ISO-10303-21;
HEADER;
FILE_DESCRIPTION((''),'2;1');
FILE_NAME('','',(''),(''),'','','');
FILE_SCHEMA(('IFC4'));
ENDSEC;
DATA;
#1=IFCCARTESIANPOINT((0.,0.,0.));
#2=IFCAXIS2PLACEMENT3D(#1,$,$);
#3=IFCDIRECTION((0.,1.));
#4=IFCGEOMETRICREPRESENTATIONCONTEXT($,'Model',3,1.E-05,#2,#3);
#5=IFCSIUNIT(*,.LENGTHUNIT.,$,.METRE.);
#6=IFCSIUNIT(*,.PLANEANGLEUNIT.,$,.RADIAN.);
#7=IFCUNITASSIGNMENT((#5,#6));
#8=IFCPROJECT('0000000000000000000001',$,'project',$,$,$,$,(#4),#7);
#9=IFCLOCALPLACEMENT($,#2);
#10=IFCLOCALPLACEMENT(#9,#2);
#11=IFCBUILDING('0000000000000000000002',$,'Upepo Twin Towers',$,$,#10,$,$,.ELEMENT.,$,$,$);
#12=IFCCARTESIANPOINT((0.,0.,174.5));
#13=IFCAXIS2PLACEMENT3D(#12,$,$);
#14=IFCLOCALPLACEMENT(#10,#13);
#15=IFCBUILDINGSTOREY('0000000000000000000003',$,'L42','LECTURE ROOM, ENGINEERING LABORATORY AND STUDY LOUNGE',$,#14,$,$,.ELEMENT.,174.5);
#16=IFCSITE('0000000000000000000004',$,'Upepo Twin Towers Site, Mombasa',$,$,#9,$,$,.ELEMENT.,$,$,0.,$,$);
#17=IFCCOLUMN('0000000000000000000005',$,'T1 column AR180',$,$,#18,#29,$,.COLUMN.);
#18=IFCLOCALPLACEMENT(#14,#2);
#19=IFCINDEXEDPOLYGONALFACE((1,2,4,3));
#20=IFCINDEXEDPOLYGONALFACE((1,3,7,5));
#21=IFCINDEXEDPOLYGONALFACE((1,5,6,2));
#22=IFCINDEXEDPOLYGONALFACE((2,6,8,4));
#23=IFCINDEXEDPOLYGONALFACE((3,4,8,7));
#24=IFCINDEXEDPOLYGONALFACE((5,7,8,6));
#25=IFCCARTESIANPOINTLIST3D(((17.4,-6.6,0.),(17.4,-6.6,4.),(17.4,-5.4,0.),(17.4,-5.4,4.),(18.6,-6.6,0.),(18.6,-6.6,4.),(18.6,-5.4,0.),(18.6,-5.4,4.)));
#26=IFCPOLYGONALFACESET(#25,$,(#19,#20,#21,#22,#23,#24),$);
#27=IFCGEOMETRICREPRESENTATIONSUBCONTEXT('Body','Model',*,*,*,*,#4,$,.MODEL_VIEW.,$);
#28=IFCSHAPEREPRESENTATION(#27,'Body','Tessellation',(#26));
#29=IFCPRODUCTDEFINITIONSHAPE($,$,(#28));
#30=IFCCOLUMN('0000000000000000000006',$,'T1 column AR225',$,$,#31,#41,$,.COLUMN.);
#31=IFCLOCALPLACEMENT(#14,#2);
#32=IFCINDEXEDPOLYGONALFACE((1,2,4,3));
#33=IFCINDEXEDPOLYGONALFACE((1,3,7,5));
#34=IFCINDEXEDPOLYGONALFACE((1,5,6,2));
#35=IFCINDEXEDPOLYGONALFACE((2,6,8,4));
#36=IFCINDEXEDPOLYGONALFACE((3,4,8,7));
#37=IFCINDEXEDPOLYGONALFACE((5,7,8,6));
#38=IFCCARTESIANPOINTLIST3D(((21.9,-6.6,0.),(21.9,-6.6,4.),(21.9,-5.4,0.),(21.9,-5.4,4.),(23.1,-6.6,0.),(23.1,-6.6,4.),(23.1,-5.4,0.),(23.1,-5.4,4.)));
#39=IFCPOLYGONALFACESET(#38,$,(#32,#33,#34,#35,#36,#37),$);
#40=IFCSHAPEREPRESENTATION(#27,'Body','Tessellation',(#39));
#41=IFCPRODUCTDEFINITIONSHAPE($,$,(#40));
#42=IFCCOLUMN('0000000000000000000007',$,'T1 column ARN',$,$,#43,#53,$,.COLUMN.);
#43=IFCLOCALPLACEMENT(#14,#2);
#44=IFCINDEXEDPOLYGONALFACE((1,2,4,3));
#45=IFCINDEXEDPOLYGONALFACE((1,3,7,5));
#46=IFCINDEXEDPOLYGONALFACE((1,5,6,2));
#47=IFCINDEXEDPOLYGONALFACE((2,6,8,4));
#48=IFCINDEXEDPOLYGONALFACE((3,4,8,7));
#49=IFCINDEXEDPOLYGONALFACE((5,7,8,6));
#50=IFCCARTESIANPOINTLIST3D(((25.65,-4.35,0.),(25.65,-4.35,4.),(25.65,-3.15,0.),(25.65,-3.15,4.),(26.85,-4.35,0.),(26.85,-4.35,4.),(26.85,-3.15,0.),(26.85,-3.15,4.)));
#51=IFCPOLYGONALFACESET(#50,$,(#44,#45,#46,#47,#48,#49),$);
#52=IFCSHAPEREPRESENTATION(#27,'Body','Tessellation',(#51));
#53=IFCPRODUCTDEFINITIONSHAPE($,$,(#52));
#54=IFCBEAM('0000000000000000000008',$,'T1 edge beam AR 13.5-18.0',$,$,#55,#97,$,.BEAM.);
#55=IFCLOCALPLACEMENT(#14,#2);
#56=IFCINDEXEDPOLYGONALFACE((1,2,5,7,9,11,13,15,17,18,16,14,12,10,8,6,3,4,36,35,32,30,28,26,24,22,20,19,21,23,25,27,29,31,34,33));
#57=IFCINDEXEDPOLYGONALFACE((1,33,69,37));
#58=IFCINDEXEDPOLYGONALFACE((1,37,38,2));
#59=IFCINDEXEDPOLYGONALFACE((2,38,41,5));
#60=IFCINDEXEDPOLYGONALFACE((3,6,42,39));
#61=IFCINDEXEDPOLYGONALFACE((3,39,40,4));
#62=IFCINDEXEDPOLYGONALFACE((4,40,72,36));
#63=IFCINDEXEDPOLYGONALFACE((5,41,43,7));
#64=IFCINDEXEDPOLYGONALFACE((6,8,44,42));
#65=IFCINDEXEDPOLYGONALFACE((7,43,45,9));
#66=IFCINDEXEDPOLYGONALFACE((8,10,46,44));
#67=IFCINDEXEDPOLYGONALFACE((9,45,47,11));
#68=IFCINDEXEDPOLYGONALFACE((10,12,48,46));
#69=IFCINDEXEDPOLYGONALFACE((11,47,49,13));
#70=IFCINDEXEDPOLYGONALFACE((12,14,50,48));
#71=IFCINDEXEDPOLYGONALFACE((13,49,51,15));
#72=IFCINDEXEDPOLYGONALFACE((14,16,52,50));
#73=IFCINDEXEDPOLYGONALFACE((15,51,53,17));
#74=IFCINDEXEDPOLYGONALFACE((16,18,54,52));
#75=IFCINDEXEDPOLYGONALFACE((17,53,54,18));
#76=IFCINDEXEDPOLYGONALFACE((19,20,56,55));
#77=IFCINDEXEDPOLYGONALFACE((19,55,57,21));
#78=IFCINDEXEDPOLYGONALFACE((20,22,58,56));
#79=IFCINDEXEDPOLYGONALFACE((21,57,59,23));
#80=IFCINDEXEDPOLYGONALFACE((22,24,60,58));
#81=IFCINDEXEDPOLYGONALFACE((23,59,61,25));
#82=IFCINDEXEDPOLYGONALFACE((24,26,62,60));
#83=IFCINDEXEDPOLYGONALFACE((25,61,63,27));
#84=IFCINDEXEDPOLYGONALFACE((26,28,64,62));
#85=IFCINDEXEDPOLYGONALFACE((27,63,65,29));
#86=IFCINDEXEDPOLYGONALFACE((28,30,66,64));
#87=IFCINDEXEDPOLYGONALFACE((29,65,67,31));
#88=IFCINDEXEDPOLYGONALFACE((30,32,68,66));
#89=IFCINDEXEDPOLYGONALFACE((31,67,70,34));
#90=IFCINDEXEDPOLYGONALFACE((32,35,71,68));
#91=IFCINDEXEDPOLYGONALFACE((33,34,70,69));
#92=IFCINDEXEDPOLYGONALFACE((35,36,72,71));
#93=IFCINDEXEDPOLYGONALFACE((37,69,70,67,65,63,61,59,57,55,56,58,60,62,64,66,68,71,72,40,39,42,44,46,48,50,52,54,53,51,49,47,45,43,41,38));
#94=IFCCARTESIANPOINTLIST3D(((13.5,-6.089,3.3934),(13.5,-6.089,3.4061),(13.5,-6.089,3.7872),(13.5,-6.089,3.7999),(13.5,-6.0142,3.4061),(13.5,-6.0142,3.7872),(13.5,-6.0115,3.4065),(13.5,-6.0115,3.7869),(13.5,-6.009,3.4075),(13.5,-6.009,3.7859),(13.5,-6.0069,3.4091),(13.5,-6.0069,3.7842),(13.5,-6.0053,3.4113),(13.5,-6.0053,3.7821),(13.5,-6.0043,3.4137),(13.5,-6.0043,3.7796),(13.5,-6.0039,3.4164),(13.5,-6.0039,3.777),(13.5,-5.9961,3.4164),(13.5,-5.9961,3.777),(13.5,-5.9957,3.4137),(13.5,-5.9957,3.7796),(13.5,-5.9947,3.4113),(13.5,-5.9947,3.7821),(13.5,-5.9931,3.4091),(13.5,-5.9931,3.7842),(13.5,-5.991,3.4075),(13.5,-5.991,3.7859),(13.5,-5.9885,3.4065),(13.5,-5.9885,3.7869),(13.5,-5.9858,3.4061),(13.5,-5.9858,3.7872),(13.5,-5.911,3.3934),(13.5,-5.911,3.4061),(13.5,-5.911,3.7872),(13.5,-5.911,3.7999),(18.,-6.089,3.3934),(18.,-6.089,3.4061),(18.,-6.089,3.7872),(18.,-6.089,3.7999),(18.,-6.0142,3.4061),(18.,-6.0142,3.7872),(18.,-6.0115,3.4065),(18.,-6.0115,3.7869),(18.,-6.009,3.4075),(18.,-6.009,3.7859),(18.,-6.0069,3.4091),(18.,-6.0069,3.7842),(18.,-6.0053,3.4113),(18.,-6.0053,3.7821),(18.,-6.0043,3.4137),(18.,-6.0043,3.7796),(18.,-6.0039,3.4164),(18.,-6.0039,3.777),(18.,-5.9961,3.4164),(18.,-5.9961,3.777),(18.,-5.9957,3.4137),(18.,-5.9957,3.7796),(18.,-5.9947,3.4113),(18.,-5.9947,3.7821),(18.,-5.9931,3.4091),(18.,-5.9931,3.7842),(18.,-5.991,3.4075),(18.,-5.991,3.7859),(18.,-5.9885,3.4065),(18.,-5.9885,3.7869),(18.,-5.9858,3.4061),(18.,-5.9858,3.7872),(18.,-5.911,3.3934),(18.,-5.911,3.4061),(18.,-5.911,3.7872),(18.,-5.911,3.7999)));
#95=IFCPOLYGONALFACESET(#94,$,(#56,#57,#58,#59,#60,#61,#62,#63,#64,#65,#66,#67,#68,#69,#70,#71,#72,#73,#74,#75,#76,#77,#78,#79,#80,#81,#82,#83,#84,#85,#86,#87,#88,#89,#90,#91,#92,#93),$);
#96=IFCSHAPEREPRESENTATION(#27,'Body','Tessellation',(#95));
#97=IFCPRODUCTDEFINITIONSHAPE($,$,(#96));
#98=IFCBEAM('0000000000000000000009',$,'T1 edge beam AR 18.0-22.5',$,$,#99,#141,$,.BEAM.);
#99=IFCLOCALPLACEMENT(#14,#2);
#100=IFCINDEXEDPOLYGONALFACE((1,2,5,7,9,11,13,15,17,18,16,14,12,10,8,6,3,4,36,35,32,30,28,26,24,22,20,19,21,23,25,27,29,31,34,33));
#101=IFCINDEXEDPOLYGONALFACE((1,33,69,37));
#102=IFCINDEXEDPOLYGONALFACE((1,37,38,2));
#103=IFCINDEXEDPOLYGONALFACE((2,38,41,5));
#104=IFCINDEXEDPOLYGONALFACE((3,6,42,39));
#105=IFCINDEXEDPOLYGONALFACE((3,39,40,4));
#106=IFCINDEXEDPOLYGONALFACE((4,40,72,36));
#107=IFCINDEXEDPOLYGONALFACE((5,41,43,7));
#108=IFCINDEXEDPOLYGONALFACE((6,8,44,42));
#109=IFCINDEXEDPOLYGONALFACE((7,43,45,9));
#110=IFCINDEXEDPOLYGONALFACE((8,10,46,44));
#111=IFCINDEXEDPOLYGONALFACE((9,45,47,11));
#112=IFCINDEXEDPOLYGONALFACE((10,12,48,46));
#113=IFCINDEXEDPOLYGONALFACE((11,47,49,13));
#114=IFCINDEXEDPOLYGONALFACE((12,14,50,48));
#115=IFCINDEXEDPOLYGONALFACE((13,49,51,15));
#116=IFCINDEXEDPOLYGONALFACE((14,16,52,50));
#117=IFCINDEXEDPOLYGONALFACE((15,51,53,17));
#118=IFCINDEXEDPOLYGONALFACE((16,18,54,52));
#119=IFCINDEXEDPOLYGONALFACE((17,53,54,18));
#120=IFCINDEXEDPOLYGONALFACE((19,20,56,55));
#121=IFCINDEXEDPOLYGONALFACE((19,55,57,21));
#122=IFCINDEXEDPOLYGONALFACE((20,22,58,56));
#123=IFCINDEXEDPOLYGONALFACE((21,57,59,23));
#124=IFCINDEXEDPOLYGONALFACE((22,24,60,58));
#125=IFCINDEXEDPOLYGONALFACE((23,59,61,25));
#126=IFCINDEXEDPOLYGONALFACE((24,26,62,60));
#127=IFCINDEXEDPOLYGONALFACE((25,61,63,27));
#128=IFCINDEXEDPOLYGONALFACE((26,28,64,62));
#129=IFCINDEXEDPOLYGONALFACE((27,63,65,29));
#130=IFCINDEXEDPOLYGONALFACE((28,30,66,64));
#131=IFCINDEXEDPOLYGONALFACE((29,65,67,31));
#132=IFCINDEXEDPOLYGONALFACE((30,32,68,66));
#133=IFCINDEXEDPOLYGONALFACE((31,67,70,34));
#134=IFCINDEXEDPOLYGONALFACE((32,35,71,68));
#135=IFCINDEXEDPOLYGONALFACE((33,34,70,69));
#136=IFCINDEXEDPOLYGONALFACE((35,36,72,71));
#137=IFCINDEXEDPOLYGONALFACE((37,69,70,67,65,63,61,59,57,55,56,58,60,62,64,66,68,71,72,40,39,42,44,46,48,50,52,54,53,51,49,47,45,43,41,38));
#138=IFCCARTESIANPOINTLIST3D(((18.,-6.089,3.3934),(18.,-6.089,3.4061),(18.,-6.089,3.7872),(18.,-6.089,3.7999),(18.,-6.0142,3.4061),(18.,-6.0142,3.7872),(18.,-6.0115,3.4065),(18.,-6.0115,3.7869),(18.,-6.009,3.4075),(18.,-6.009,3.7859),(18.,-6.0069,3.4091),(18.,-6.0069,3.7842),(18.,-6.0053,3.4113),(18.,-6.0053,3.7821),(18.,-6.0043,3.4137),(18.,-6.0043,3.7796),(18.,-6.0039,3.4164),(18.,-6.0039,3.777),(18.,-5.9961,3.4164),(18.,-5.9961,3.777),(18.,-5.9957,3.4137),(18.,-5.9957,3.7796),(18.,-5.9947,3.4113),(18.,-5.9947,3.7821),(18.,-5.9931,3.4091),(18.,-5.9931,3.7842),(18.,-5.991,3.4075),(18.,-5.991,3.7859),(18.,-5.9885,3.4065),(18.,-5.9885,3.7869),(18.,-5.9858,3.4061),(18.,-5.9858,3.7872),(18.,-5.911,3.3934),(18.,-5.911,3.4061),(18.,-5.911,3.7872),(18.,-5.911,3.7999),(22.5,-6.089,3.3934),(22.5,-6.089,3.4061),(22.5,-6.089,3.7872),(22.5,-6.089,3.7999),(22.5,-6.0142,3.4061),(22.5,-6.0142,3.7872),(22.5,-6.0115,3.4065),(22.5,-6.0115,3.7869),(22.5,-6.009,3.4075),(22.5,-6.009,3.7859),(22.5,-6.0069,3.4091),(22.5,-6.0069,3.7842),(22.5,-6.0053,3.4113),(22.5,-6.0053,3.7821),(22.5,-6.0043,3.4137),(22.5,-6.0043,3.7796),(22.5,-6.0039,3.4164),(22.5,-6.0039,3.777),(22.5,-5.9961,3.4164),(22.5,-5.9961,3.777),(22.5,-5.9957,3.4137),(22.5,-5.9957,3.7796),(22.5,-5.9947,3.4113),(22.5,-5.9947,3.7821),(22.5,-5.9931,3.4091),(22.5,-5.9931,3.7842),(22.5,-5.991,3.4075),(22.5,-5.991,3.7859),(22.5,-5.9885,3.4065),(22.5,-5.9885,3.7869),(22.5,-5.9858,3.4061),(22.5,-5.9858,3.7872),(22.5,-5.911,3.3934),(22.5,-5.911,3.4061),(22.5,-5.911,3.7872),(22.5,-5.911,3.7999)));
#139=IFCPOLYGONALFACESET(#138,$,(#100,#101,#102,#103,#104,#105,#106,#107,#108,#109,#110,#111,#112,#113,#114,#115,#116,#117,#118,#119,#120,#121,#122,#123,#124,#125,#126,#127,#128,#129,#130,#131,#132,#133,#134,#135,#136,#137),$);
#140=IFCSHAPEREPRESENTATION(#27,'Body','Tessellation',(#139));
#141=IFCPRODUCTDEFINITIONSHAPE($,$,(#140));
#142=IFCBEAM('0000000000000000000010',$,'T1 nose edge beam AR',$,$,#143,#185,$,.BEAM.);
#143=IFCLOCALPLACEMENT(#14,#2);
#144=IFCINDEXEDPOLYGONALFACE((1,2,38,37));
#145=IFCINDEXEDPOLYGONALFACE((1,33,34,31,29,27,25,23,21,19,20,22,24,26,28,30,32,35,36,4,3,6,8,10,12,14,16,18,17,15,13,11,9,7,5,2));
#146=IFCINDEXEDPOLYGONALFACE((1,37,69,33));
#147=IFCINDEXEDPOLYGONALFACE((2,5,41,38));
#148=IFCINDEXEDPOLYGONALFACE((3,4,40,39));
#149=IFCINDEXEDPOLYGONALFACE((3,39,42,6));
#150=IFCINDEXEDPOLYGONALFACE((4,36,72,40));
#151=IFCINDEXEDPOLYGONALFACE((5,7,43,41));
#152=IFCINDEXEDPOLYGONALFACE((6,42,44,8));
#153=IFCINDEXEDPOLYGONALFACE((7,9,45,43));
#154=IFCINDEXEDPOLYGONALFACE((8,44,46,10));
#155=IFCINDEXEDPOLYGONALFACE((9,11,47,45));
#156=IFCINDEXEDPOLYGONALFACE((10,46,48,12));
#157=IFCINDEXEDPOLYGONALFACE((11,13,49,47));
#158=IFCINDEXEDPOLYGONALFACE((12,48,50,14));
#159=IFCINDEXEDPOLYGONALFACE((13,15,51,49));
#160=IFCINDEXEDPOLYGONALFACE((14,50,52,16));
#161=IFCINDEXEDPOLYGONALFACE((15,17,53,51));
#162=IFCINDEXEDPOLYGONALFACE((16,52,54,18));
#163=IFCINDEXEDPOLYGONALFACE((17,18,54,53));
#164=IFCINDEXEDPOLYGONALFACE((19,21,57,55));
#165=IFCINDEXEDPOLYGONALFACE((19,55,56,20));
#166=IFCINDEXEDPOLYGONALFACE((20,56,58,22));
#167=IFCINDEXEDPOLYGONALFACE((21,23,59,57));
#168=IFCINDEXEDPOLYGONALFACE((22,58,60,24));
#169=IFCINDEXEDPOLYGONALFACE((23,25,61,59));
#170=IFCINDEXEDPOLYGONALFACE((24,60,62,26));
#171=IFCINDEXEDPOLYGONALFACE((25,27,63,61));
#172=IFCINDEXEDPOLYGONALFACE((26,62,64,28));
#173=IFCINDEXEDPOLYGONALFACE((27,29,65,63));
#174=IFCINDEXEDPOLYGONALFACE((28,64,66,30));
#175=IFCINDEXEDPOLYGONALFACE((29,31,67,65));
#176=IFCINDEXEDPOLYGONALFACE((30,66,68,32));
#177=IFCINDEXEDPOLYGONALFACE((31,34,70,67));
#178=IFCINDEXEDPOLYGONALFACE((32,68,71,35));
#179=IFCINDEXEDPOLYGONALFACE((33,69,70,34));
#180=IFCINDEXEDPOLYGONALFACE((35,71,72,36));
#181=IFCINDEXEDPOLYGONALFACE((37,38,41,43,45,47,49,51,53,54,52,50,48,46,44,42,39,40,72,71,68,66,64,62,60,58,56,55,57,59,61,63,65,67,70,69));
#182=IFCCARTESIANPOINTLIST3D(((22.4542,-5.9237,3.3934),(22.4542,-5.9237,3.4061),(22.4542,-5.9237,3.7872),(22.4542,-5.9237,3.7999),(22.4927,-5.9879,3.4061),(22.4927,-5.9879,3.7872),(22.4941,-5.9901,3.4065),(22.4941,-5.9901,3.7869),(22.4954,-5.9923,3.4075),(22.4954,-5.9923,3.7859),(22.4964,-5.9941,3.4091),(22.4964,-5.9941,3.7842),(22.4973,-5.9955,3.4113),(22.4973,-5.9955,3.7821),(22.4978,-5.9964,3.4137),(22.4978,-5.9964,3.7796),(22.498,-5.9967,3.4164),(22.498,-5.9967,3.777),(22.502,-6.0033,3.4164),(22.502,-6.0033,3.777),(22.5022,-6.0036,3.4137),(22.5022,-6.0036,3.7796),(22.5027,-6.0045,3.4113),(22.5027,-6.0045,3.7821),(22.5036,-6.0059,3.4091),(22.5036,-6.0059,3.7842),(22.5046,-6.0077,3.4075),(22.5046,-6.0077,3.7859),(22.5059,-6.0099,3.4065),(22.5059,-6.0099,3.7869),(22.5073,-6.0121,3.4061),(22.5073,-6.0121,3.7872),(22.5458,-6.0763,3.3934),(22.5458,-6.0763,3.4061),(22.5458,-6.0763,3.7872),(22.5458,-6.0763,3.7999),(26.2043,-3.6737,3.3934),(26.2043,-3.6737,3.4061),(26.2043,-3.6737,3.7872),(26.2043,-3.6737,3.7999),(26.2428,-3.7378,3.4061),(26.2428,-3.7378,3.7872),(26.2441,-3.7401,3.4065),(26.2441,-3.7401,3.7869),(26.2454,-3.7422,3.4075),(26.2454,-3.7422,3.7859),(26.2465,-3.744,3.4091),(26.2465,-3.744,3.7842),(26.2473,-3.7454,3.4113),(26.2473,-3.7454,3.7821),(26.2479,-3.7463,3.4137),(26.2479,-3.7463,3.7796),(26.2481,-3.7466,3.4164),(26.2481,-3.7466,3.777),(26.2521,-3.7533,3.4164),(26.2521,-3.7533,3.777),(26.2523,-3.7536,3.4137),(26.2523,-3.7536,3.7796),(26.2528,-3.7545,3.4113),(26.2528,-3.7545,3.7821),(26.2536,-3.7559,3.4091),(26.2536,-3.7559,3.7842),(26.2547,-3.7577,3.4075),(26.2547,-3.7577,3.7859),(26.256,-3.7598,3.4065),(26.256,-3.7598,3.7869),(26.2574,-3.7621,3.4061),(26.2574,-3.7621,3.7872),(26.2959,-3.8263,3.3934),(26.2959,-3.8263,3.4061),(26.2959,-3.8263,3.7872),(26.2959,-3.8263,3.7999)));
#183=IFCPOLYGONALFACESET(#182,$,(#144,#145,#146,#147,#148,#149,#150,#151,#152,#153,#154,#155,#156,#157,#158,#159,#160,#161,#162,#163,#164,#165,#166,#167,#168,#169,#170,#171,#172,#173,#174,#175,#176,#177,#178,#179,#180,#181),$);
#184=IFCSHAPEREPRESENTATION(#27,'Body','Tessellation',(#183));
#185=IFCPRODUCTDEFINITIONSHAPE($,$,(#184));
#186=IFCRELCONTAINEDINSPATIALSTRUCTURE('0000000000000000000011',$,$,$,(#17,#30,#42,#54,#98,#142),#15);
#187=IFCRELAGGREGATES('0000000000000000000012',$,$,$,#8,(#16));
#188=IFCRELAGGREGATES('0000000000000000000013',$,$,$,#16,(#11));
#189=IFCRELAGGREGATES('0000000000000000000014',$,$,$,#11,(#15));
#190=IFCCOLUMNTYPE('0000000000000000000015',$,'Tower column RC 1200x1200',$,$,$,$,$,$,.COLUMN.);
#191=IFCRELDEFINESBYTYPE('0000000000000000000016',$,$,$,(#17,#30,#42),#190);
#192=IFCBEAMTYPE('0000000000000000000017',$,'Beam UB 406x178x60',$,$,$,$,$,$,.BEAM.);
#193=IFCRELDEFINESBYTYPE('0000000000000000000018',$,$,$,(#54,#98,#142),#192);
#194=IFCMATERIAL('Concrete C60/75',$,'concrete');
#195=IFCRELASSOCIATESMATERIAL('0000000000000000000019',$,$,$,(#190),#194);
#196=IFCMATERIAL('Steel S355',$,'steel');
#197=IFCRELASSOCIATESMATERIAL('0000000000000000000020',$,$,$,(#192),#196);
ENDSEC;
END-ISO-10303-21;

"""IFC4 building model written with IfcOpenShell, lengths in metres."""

from ifc_helpers import new_model, si_unit, direction, frame, origin, origin_2d, place, context, subcontext, project, spatial, rectangle, i_section, extrude, material, material_profile, profile_set, type_object, element, save


model = new_model("IFC4")

# Units and contexts
model_context = context("Model", 3, precision=1e-05, world=origin(), true_north=direction((0.0, 1.0)))
body_context = subcontext(model_context, "Body", "Model", "MODEL_VIEW")
ifc_project = project(units=[si_unit("LENGTHUNIT", "METRE"), si_unit("PLANEANGLEUNIT", "RADIAN")], contexts=[model_context])

# Site, building, storey
site_placement = place(None, origin())
site = spatial("IfcSite", under=ifc_project, at=site_placement, Name="Upepo Twin Towers Site, Mombasa", CompositionType="ELEMENT", RefElevation=0.0)
building_placement = place(site_placement, origin())
building = spatial("IfcBuilding", under=site, at=building_placement, Name="Upepo Twin Towers", CompositionType="ELEMENT")
storey_placement = place(building_placement, frame((0.0, 0.0, 174.5)))
storey = spatial("IfcBuildingStorey", under=building, at=storey_placement, Name="L42", Description="LECTURE ROOM, ENGINEERING LABORATORY AND STUDY LOUNGE", CompositionType="ELEMENT", Elevation=174.5)

# Columns
ifc_material_1 = material(Name="Concrete C60/75", Category="concrete")
ifc_material_profile_1 = material_profile(ifc_material_1, rectangle(XDim=1.2, YDim=1.2, at=origin_2d()), Name="RC 1200x1200")
ifc_profile_set_1 = profile_set([ifc_material_profile_1], Name="Concrete C60/75")
column_type = type_object("IfcColumnType", Name="Tower column RC 1200x1200", PredefinedType="COLUMN", material=ifc_profile_set_1)
for number, where, z_axis, x_axis, name in (
    (1, (18.0, -6.0, 0.0), (0.0, 0.0, 1.0), (1.0, 0.0, 0.0), "T1 column AR180"),
    (2, (22.5, -6.0, 0.0), (0.0, 0.0, 1.0), (1.0, 0.0, 0.0), "T1 column AR225"),
    (3, (26.25, -3.75, 0.0), (0.0, 0.0, 1.0), (1.0, 0.0, 0.0), "T1 column ARN"),
):
    element("IfcColumn", number, at=place(storey_placement, frame(where, z_axis=z_axis, x_axis=x_axis)), inside=storey, type_object=column_type, Name=name, PredefinedType="COLUMN", context=body_context, shape_type="SweptSolid", body=[
        extrude(rectangle(XDim=1.2, YDim=1.2, at=origin_2d()), origin(), (0.0, 0.0, 1.0), 4.0),
    ])

# Beams
ifc_material_2 = material(Name="Steel S355", Category="steel")
ifc_material_profile_2 = material_profile(ifc_material_2, i_section(OverallWidth=0.178, OverallDepth=0.4065, WebThickness=0.0078, FlangeThickness=0.0127, FilletRadius=0.0103, at=origin_2d()), Name="UB 406x178x60")
ifc_profile_set_2 = profile_set([ifc_material_profile_2], Name="Steel S355")
beam_type_1 = type_object("IfcBeamType", Name="Beam UB 406x178x60", PredefinedType="BEAM", material=ifc_profile_set_2)
for number, where, z_axis, x_axis, name in (
    (4, (13.5, -6.0, 3.5967), (1.0, 0.0, 0.0), (0.0, 1.0, 0.0), "T1 edge beam AR 13.5-18.0"),
    (5, (18.0, -6.0, 3.5967), (1.0, 0.0, 0.0), (0.0, 1.0, 0.0), "T1 edge beam AR 18.0-22.5"),
):
    element("IfcBeam", number, at=place(storey_placement, frame(where, z_axis=z_axis, x_axis=x_axis)), inside=storey, type_object=beam_type_1, Name=name, PredefinedType="BEAM", context=body_context, shape_type="SweptSolid", body=[
        extrude(i_section(OverallWidth=0.178, OverallDepth=0.4065, WebThickness=0.0078, FlangeThickness=0.0127, FilletRadius=0.0103, at=origin_2d()), origin(), (0.0, 0.0, 1.0), 4.5),
    ])
beam_1_placement = place(storey_placement, frame((22.5, -6.0, 3.5967), z_axis=(0.857493, 0.514496, 0.0), x_axis=(-0.514496, 0.857493, 0.0)))
element("IfcBeam", 6, at=beam_1_placement, inside=storey, type_object=beam_type_1, Name="T1 nose edge beam AR", PredefinedType="BEAM", context=body_context, shape_type="SweptSolid", body=[
    extrude(i_section(OverallWidth=0.178, OverallDepth=0.4065, WebThickness=0.0078, FlangeThickness=0.0127, FilletRadius=0.0103, at=origin_2d()), origin(), (0.0, 0.0, 1.0), 4.3733),
])

save(model, "model.ifc")
